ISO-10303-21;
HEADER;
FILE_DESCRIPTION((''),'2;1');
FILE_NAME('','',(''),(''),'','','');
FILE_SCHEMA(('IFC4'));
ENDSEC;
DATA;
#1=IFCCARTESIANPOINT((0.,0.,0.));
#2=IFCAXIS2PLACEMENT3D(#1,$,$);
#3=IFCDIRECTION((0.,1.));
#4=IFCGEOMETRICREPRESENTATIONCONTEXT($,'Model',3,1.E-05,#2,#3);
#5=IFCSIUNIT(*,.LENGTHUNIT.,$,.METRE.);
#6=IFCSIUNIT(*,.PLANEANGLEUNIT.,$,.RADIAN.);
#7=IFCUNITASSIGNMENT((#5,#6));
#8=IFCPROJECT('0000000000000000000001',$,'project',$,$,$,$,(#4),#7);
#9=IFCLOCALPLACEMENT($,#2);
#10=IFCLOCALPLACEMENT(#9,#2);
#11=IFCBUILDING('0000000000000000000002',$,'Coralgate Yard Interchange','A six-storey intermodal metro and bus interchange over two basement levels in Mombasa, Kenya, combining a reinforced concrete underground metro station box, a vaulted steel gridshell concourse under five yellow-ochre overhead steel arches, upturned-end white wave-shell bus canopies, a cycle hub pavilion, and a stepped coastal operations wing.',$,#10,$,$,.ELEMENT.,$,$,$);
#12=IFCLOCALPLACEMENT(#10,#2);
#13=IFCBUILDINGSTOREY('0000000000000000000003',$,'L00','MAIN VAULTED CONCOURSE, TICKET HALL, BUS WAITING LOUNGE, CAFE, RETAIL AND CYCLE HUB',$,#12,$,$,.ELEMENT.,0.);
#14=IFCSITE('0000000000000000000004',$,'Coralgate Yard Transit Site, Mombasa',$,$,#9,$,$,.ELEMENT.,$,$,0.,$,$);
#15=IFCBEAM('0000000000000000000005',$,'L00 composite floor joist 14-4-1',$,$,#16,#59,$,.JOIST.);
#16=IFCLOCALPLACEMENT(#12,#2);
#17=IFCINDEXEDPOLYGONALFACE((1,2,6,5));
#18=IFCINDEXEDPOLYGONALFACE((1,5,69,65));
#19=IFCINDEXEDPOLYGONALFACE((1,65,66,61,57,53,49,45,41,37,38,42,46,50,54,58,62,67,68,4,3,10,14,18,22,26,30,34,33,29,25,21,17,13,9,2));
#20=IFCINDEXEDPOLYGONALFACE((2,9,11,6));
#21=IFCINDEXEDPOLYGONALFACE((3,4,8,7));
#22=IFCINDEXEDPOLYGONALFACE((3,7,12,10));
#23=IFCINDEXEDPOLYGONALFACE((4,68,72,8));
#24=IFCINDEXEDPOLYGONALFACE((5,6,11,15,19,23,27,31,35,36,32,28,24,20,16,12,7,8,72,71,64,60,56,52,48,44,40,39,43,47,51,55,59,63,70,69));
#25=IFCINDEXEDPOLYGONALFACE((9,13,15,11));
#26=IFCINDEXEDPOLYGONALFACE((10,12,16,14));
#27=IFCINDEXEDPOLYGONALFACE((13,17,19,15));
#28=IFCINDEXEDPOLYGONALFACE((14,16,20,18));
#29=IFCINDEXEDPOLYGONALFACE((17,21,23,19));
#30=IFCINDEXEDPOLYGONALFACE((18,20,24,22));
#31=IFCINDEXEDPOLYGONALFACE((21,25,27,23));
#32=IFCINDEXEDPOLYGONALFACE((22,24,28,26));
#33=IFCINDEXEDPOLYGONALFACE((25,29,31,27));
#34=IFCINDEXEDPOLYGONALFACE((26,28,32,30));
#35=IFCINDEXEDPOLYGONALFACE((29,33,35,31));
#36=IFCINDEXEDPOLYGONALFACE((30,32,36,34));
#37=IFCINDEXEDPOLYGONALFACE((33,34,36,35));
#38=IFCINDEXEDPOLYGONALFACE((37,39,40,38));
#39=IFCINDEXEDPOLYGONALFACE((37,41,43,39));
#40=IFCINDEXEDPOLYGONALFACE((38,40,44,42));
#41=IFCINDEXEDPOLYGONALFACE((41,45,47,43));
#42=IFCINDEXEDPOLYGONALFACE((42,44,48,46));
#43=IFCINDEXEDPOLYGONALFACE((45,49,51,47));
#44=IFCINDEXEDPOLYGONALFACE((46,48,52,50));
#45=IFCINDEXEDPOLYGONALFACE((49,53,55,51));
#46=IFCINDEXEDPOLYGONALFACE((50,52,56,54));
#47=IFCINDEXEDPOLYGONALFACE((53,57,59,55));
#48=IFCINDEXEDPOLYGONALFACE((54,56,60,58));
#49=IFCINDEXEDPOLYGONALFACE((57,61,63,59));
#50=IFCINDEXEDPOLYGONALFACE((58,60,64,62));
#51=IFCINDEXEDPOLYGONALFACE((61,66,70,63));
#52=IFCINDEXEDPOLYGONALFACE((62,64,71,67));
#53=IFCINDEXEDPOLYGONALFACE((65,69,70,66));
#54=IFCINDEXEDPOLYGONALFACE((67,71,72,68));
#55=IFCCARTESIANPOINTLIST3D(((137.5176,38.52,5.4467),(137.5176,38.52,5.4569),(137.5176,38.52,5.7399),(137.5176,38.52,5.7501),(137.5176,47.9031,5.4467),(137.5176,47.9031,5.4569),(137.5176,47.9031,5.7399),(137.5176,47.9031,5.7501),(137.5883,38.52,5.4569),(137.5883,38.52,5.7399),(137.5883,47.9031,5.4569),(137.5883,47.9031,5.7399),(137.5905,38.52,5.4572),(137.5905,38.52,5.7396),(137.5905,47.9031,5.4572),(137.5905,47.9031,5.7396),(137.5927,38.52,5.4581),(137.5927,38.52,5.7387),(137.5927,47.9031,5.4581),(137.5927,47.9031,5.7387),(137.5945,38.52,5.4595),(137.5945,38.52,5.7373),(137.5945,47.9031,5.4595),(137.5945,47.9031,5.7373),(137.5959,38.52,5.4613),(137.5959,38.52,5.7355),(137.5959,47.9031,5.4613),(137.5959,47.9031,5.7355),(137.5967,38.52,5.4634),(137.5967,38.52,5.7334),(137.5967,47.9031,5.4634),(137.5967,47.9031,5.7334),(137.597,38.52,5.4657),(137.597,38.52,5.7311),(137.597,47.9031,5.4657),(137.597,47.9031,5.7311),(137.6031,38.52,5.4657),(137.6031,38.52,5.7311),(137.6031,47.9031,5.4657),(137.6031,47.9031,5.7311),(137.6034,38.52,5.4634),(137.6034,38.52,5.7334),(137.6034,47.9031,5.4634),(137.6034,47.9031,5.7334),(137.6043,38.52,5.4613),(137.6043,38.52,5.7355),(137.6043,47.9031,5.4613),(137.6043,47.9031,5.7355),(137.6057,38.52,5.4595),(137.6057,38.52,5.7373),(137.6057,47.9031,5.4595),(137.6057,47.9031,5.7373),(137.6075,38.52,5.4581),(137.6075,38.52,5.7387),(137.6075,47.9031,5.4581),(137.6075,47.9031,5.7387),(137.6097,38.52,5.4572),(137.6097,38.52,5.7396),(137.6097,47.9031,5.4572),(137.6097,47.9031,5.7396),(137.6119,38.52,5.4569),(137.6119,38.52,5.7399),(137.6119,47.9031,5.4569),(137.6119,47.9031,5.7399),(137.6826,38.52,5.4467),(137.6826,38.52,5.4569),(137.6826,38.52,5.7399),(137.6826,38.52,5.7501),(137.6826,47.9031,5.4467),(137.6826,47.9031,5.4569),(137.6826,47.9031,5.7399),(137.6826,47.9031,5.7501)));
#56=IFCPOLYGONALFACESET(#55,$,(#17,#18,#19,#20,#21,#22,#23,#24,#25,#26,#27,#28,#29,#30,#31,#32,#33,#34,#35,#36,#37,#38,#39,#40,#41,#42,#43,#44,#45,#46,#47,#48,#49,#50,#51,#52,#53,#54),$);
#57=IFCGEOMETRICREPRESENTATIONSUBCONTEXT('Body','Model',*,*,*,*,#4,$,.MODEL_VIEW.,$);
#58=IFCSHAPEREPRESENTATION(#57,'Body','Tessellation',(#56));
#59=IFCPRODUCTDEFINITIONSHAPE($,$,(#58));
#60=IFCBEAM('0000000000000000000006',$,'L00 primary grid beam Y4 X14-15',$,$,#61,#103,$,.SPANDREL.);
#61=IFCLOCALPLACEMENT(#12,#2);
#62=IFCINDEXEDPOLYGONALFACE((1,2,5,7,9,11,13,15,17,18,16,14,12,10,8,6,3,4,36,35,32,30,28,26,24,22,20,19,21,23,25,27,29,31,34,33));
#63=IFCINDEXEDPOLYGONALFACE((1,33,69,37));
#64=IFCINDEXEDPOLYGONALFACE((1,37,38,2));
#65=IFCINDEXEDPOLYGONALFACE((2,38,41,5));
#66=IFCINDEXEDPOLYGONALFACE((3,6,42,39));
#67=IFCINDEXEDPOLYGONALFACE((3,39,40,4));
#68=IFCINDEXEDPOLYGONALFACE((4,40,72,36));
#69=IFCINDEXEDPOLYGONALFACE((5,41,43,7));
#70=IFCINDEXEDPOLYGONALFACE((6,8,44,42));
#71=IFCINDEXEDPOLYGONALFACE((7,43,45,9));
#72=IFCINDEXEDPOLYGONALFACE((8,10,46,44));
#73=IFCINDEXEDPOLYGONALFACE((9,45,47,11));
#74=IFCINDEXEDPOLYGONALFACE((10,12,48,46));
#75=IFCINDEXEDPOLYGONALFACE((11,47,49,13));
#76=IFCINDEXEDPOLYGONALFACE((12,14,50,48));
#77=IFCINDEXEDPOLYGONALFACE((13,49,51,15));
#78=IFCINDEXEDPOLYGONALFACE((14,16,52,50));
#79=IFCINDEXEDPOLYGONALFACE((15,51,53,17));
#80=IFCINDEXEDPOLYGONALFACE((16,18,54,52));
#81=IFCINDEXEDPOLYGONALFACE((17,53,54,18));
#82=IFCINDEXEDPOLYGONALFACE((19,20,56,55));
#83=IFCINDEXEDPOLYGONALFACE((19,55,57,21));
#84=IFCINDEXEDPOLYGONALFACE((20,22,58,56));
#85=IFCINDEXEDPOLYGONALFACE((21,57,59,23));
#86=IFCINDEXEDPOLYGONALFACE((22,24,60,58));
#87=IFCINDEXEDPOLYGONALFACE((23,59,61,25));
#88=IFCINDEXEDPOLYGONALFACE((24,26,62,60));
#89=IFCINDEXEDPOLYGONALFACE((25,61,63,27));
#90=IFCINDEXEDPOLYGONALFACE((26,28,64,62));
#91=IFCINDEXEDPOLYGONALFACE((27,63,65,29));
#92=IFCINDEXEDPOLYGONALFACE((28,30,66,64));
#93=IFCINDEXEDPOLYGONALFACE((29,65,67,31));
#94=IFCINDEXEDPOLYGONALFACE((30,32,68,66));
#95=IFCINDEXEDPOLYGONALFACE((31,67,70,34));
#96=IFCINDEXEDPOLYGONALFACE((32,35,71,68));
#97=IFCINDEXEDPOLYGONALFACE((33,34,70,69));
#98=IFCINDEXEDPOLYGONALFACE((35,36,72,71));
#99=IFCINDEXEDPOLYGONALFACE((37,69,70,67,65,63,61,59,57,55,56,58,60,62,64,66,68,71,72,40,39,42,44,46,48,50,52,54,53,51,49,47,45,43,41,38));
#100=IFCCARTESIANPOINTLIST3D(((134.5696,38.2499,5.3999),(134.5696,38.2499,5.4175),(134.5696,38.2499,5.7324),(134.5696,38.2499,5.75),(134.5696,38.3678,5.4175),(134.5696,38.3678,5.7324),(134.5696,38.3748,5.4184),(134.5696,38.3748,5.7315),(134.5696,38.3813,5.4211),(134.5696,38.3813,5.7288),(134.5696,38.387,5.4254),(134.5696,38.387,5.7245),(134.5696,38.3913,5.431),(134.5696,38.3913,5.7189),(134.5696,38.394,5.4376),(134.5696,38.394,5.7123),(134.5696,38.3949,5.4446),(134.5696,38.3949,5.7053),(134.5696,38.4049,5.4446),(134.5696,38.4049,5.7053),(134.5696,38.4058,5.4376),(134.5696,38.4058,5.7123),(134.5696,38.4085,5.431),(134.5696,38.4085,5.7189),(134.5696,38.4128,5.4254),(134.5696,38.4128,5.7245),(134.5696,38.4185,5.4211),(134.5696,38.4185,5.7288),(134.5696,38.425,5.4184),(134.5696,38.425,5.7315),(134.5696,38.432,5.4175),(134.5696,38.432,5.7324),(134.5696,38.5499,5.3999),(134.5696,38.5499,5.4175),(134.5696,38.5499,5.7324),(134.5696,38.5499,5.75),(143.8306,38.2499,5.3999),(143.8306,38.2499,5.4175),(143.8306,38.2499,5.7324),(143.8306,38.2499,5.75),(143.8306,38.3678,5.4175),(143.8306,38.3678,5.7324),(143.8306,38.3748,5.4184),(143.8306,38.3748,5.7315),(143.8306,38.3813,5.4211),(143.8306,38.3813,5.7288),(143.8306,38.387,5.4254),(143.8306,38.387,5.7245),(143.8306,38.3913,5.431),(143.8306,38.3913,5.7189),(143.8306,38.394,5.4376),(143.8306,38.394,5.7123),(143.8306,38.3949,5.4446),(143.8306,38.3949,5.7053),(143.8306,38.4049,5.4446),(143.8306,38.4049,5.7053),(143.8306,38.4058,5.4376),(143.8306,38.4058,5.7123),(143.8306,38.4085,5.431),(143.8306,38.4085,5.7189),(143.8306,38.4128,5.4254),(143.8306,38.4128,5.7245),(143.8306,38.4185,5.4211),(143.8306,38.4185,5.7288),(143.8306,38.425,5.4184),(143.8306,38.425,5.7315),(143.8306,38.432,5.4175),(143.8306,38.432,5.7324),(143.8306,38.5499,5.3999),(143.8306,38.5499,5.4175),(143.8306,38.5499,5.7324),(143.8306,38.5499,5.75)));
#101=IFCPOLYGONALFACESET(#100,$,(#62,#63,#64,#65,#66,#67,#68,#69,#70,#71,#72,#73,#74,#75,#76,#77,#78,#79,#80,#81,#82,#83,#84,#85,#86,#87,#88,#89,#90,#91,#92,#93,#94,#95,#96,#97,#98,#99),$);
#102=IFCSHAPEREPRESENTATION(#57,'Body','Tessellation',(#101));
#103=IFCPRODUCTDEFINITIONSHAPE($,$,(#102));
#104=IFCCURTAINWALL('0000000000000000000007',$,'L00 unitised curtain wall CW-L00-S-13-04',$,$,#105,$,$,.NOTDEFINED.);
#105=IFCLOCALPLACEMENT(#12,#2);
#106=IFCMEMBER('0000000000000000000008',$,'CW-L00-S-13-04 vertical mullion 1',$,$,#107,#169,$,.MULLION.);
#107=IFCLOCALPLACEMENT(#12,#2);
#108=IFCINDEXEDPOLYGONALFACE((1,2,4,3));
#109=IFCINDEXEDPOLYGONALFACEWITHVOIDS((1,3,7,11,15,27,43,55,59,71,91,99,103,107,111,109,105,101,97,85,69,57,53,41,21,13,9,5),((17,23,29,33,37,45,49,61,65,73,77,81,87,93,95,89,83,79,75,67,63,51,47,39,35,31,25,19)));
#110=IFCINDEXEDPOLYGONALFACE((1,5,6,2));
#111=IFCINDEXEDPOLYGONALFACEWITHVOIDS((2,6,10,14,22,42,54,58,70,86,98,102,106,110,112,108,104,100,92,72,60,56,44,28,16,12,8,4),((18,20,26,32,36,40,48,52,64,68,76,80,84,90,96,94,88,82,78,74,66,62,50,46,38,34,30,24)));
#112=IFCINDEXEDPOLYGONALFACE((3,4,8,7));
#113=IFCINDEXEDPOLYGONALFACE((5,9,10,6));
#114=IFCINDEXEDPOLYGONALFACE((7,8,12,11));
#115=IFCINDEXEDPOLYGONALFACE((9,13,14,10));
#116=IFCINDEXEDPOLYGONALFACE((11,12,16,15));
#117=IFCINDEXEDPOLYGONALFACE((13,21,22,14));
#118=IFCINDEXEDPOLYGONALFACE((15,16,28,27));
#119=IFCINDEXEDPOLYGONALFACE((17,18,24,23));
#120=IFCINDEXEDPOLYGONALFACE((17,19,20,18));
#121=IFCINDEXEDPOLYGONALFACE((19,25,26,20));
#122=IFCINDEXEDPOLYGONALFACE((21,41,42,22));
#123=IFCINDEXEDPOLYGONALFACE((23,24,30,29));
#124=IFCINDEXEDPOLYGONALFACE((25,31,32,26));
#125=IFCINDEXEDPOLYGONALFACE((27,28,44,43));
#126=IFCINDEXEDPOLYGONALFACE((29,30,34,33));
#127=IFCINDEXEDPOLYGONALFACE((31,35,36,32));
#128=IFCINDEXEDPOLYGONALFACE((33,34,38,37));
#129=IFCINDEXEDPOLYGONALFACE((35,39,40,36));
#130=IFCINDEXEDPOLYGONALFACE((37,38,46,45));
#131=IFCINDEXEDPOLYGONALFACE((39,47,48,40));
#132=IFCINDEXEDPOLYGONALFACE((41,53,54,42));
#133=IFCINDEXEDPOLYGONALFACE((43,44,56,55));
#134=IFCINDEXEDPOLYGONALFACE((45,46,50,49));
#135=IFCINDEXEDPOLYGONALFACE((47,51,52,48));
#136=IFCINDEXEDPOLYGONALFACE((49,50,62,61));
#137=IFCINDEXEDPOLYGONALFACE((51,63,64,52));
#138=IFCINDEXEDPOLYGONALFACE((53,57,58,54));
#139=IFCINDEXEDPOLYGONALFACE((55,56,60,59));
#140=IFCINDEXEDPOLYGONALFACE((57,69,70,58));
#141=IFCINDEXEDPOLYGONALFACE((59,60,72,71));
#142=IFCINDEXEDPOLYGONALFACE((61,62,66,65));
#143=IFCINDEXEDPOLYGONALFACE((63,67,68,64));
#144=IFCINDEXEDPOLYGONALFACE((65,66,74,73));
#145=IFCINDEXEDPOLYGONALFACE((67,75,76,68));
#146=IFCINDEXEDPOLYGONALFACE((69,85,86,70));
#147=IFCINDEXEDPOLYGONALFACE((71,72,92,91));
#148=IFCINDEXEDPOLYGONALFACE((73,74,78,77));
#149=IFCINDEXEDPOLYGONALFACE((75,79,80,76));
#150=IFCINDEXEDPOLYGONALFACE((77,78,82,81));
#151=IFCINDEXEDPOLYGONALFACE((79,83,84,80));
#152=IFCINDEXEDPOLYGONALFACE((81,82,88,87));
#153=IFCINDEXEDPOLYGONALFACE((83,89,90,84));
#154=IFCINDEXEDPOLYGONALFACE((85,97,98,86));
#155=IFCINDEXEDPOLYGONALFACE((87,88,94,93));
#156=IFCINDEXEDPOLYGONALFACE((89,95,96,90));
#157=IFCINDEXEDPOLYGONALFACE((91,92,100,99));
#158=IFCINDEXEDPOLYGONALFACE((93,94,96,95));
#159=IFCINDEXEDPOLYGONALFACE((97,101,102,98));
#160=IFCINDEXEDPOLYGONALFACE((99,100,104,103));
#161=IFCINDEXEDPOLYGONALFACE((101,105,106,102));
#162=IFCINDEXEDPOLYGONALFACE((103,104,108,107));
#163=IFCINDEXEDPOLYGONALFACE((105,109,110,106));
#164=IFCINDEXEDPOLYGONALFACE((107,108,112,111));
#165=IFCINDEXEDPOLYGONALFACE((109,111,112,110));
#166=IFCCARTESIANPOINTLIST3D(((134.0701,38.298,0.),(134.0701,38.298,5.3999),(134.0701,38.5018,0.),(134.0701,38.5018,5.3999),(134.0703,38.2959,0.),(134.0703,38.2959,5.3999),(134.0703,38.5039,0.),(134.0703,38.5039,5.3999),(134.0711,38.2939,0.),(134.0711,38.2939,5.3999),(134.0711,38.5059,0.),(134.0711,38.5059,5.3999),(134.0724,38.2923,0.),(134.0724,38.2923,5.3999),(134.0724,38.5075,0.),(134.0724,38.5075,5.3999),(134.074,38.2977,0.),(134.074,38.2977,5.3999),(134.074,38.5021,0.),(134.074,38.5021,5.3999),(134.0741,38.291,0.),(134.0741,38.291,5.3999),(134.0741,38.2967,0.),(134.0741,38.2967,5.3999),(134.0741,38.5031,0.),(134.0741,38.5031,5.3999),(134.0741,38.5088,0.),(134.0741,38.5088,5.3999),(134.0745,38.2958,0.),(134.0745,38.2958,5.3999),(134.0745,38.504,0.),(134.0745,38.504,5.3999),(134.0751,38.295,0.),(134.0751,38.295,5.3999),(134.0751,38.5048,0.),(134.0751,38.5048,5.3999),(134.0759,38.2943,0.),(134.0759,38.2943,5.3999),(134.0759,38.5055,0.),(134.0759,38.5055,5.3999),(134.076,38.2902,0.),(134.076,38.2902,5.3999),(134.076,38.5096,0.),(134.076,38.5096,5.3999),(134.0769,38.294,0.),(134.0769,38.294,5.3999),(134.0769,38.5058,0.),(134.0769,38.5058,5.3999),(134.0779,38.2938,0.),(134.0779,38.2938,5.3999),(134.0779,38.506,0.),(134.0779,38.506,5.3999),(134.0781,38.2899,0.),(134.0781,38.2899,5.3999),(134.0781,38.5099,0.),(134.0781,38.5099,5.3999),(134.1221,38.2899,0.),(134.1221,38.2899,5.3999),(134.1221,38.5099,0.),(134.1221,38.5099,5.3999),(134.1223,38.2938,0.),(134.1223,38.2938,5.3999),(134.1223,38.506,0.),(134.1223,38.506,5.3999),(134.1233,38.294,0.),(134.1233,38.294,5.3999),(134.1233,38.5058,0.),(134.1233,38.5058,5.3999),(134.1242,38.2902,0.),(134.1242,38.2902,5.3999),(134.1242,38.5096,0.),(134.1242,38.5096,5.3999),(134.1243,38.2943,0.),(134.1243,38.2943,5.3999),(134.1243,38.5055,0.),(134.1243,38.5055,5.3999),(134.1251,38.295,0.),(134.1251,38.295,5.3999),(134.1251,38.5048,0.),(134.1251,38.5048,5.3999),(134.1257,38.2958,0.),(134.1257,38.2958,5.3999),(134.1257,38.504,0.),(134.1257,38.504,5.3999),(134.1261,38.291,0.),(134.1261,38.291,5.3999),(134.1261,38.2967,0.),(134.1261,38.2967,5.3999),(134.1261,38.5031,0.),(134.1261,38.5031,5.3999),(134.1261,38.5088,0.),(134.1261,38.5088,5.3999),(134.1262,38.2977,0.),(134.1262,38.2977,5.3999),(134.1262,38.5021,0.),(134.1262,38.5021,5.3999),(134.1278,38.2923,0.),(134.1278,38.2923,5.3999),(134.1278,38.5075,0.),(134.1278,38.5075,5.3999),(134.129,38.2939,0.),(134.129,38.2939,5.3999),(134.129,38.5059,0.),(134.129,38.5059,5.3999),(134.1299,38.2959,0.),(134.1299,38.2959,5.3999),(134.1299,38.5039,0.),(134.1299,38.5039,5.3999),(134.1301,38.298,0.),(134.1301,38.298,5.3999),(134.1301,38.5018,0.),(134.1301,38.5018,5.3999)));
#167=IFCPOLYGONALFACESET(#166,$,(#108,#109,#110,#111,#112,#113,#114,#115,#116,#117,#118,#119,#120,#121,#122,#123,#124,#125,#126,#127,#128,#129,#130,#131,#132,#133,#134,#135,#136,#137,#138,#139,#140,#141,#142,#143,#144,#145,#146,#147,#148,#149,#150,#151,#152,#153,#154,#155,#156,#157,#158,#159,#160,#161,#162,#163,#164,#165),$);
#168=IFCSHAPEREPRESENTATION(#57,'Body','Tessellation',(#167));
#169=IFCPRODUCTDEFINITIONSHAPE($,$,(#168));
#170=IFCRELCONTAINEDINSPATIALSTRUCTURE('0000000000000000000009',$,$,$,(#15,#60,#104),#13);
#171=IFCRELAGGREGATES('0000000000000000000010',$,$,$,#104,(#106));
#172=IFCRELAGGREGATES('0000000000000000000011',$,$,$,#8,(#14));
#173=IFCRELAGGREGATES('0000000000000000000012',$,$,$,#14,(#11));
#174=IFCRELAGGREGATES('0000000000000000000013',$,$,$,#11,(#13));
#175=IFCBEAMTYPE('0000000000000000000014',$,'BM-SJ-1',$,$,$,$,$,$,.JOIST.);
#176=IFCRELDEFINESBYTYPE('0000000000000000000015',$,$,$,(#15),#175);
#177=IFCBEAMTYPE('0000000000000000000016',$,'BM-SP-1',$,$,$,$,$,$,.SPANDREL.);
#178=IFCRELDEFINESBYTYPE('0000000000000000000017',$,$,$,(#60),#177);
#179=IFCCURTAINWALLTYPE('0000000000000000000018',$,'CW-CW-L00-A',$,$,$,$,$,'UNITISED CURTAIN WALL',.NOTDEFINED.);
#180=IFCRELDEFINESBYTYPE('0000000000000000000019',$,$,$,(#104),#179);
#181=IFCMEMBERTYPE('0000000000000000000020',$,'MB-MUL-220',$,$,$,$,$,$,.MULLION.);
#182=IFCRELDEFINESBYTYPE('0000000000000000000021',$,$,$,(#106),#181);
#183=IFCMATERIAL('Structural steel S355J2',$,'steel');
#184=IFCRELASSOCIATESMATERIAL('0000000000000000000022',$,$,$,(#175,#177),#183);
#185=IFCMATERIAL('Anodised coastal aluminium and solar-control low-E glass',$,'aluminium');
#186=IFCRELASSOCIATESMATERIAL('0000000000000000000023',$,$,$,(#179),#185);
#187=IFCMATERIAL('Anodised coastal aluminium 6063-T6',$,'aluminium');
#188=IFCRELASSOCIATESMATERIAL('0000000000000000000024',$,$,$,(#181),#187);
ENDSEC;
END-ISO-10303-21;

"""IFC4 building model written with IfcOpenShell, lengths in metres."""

from ifc_helpers import new_model, si_unit, direction, frame, origin, origin_2d, place, context, subcontext, project, spatial, hollow_rectangle, i_section, extrude, material, material_profile, profile_set, type_object, element, aggregate, save


model = new_model("IFC4")

# Units and contexts
model_context = context("Model", 3, precision=1e-05, world=origin(), true_north=direction((0.0, 1.0)))
body_context = subcontext(model_context, "Body", "Model", "MODEL_VIEW")
ifc_project = project(units=[si_unit("LENGTHUNIT", "METRE"), si_unit("PLANEANGLEUNIT", "RADIAN")], contexts=[model_context])

# Site, building, storey
site_placement = place(None, origin())
site = spatial("IfcSite", under=ifc_project, at=site_placement, Name="Coralgate Yard Transit Site, Mombasa", CompositionType="ELEMENT", RefElevation=0.0)
building_placement = place(site_placement, origin())
building = spatial("IfcBuilding", under=site, at=building_placement, Name="Coralgate Yard Interchange", Description="A six-storey intermodal metro and bus interchange over two basement levels in Mombasa, Kenya, combining a reinforced concrete underground metro station box, a vaulted steel gridshell concourse under five yellow-ochre overhead steel arches, upturned-end white wave-shell bus canopies, a cycle hub pavilion, and a stepped coastal operations wing.", CompositionType="ELEMENT")
storey_placement = place(building_placement, origin())
storey = spatial("IfcBuildingStorey", under=building, at=storey_placement, Name="L00", Description="MAIN VAULTED CONCOURSE, TICKET HALL, BUS WAITING LOUNGE, CAFE, RETAIL AND CYCLE HUB", CompositionType="ELEMENT", Elevation=0.0)

# Shared definitions
ifc_material_1 = material(Name="Structural steel S355J2", Category="steel")

# Beams
ifc_material_profile_1 = material_profile(ifc_material_1, i_section(OverallWidth=0.165, OverallDepth=0.3035, WebThickness=0.0061, FlangeThickness=0.0103, FilletRadius=0.0088, at=origin_2d()), Name="UB 305x165x40")
ifc_profile_set_1 = profile_set([ifc_material_profile_1], Name="Structural steel S355J2")
beam_type_1 = type_object("IfcBeamType", Name="BM-SJ-1", PredefinedType="JOIST", material=ifc_profile_set_1)
for number, where, z_axis, x_axis, name in (
    (1, (137.6001, 38.52, 5.5984), (0.0, 1.0, 0.0), (-1.0, 0.0, 0.0), "L00 composite floor joist 14-4-1"),
):
    element("IfcBeam", number, at=place(storey_placement, frame(where, z_axis=z_axis, x_axis=x_axis)), inside=storey, type_object=beam_type_1, Name=name, PredefinedType="JOIST", context=body_context, shape_type="SweptSolid", body=[
        extrude(i_section(OverallWidth=0.165, OverallDepth=0.3035, WebThickness=0.0061, FlangeThickness=0.0103, FilletRadius=0.0088, at=origin_2d()), origin(), (0.0, 0.0, 1.0), 9.3831),
    ])
ifc_material_profile_2 = material_profile(ifc_material_1, i_section(OverallWidth=0.3, OverallDepth=0.3501, WebThickness=0.01, FlangeThickness=0.0176, FilletRadius=0.0271, at=origin_2d()), Name="HEA 360")
ifc_profile_set_2 = profile_set([ifc_material_profile_2], Name="Structural steel S355J2")
beam_type_2 = type_object("IfcBeamType", Name="BM-SP-1", PredefinedType="SPANDREL", material=ifc_profile_set_2)
beam_1_placement = place(storey_placement, frame((134.5696, 38.3999, 5.575), z_axis=(1.0, 0.0, 0.0), x_axis=(0.0, 1.0, 0.0)))
element("IfcBeam", 2, at=beam_1_placement, inside=storey, type_object=beam_type_2, Name="L00 primary grid beam Y4 X14-15", PredefinedType="SPANDREL", context=body_context, shape_type="SweptSolid", body=[
    extrude(i_section(OverallWidth=0.3, OverallDepth=0.3501, WebThickness=0.01, FlangeThickness=0.0176, FilletRadius=0.0271, at=origin_2d()), origin(), (0.0, 0.0, 1.0), 9.261),
])

# Curtain wall, member
ifc_material_2 = material(Name="Anodised coastal aluminium and solar-control low-E glass", Category="aluminium")
curtain_wall_type = type_object("IfcCurtainWallType", Name="CW-CW-L00-A", ElementType="UNITISED CURTAIN WALL", PredefinedType="NOTDEFINED", material=ifc_material_2)
curtain_wall_placement = place(storey_placement, origin())
curtain_wall = element("IfcCurtainWall", 3, at=curtain_wall_placement, inside=storey, type_object=curtain_wall_type, Name="L00 unitised curtain wall CW-L00-S-13-04", PredefinedType="NOTDEFINED")
ifc_material_3 = material(Name="Anodised coastal aluminium 6063-T6", Category="aluminium")
ifc_material_profile_3 = material_profile(ifc_material_3, hollow_rectangle(XDim=0.0601, YDim=0.22, WallThickness=0.0039, InnerFilletRadius=0.0039, OuterFilletRadius=0.0081, at=origin_2d()), Name="ALU 60x220x4")
ifc_profile_set_3 = profile_set([ifc_material_profile_3], Name="Anodised coastal aluminium 6063-T6")
member_type_1 = type_object("IfcMemberType", Name="MB-MUL-220", PredefinedType="MULLION", material=ifc_profile_set_3)
member_1_placement = place(storey_placement, frame((134.1001, 38.3999, 0.0), z_axis=(0.0, 0.0, 1.0), x_axis=(1.0, 0.0, 0.0)))
member_1 = element("IfcMember", 4, at=member_1_placement, type_object=member_type_1, Name="CW-L00-S-13-04 vertical mullion 1", PredefinedType="MULLION", context=body_context, shape_type="SweptSolid", body=[
    extrude(hollow_rectangle(XDim=0.0601, YDim=0.22, WallThickness=0.0039, InnerFilletRadius=0.0039, OuterFilletRadius=0.0081, at=origin_2d()), origin(), (0.0, 0.0, 1.0), 5.3999),
])
aggregate(curtain_wall, [member_1])

save(model, "model.ifc")
